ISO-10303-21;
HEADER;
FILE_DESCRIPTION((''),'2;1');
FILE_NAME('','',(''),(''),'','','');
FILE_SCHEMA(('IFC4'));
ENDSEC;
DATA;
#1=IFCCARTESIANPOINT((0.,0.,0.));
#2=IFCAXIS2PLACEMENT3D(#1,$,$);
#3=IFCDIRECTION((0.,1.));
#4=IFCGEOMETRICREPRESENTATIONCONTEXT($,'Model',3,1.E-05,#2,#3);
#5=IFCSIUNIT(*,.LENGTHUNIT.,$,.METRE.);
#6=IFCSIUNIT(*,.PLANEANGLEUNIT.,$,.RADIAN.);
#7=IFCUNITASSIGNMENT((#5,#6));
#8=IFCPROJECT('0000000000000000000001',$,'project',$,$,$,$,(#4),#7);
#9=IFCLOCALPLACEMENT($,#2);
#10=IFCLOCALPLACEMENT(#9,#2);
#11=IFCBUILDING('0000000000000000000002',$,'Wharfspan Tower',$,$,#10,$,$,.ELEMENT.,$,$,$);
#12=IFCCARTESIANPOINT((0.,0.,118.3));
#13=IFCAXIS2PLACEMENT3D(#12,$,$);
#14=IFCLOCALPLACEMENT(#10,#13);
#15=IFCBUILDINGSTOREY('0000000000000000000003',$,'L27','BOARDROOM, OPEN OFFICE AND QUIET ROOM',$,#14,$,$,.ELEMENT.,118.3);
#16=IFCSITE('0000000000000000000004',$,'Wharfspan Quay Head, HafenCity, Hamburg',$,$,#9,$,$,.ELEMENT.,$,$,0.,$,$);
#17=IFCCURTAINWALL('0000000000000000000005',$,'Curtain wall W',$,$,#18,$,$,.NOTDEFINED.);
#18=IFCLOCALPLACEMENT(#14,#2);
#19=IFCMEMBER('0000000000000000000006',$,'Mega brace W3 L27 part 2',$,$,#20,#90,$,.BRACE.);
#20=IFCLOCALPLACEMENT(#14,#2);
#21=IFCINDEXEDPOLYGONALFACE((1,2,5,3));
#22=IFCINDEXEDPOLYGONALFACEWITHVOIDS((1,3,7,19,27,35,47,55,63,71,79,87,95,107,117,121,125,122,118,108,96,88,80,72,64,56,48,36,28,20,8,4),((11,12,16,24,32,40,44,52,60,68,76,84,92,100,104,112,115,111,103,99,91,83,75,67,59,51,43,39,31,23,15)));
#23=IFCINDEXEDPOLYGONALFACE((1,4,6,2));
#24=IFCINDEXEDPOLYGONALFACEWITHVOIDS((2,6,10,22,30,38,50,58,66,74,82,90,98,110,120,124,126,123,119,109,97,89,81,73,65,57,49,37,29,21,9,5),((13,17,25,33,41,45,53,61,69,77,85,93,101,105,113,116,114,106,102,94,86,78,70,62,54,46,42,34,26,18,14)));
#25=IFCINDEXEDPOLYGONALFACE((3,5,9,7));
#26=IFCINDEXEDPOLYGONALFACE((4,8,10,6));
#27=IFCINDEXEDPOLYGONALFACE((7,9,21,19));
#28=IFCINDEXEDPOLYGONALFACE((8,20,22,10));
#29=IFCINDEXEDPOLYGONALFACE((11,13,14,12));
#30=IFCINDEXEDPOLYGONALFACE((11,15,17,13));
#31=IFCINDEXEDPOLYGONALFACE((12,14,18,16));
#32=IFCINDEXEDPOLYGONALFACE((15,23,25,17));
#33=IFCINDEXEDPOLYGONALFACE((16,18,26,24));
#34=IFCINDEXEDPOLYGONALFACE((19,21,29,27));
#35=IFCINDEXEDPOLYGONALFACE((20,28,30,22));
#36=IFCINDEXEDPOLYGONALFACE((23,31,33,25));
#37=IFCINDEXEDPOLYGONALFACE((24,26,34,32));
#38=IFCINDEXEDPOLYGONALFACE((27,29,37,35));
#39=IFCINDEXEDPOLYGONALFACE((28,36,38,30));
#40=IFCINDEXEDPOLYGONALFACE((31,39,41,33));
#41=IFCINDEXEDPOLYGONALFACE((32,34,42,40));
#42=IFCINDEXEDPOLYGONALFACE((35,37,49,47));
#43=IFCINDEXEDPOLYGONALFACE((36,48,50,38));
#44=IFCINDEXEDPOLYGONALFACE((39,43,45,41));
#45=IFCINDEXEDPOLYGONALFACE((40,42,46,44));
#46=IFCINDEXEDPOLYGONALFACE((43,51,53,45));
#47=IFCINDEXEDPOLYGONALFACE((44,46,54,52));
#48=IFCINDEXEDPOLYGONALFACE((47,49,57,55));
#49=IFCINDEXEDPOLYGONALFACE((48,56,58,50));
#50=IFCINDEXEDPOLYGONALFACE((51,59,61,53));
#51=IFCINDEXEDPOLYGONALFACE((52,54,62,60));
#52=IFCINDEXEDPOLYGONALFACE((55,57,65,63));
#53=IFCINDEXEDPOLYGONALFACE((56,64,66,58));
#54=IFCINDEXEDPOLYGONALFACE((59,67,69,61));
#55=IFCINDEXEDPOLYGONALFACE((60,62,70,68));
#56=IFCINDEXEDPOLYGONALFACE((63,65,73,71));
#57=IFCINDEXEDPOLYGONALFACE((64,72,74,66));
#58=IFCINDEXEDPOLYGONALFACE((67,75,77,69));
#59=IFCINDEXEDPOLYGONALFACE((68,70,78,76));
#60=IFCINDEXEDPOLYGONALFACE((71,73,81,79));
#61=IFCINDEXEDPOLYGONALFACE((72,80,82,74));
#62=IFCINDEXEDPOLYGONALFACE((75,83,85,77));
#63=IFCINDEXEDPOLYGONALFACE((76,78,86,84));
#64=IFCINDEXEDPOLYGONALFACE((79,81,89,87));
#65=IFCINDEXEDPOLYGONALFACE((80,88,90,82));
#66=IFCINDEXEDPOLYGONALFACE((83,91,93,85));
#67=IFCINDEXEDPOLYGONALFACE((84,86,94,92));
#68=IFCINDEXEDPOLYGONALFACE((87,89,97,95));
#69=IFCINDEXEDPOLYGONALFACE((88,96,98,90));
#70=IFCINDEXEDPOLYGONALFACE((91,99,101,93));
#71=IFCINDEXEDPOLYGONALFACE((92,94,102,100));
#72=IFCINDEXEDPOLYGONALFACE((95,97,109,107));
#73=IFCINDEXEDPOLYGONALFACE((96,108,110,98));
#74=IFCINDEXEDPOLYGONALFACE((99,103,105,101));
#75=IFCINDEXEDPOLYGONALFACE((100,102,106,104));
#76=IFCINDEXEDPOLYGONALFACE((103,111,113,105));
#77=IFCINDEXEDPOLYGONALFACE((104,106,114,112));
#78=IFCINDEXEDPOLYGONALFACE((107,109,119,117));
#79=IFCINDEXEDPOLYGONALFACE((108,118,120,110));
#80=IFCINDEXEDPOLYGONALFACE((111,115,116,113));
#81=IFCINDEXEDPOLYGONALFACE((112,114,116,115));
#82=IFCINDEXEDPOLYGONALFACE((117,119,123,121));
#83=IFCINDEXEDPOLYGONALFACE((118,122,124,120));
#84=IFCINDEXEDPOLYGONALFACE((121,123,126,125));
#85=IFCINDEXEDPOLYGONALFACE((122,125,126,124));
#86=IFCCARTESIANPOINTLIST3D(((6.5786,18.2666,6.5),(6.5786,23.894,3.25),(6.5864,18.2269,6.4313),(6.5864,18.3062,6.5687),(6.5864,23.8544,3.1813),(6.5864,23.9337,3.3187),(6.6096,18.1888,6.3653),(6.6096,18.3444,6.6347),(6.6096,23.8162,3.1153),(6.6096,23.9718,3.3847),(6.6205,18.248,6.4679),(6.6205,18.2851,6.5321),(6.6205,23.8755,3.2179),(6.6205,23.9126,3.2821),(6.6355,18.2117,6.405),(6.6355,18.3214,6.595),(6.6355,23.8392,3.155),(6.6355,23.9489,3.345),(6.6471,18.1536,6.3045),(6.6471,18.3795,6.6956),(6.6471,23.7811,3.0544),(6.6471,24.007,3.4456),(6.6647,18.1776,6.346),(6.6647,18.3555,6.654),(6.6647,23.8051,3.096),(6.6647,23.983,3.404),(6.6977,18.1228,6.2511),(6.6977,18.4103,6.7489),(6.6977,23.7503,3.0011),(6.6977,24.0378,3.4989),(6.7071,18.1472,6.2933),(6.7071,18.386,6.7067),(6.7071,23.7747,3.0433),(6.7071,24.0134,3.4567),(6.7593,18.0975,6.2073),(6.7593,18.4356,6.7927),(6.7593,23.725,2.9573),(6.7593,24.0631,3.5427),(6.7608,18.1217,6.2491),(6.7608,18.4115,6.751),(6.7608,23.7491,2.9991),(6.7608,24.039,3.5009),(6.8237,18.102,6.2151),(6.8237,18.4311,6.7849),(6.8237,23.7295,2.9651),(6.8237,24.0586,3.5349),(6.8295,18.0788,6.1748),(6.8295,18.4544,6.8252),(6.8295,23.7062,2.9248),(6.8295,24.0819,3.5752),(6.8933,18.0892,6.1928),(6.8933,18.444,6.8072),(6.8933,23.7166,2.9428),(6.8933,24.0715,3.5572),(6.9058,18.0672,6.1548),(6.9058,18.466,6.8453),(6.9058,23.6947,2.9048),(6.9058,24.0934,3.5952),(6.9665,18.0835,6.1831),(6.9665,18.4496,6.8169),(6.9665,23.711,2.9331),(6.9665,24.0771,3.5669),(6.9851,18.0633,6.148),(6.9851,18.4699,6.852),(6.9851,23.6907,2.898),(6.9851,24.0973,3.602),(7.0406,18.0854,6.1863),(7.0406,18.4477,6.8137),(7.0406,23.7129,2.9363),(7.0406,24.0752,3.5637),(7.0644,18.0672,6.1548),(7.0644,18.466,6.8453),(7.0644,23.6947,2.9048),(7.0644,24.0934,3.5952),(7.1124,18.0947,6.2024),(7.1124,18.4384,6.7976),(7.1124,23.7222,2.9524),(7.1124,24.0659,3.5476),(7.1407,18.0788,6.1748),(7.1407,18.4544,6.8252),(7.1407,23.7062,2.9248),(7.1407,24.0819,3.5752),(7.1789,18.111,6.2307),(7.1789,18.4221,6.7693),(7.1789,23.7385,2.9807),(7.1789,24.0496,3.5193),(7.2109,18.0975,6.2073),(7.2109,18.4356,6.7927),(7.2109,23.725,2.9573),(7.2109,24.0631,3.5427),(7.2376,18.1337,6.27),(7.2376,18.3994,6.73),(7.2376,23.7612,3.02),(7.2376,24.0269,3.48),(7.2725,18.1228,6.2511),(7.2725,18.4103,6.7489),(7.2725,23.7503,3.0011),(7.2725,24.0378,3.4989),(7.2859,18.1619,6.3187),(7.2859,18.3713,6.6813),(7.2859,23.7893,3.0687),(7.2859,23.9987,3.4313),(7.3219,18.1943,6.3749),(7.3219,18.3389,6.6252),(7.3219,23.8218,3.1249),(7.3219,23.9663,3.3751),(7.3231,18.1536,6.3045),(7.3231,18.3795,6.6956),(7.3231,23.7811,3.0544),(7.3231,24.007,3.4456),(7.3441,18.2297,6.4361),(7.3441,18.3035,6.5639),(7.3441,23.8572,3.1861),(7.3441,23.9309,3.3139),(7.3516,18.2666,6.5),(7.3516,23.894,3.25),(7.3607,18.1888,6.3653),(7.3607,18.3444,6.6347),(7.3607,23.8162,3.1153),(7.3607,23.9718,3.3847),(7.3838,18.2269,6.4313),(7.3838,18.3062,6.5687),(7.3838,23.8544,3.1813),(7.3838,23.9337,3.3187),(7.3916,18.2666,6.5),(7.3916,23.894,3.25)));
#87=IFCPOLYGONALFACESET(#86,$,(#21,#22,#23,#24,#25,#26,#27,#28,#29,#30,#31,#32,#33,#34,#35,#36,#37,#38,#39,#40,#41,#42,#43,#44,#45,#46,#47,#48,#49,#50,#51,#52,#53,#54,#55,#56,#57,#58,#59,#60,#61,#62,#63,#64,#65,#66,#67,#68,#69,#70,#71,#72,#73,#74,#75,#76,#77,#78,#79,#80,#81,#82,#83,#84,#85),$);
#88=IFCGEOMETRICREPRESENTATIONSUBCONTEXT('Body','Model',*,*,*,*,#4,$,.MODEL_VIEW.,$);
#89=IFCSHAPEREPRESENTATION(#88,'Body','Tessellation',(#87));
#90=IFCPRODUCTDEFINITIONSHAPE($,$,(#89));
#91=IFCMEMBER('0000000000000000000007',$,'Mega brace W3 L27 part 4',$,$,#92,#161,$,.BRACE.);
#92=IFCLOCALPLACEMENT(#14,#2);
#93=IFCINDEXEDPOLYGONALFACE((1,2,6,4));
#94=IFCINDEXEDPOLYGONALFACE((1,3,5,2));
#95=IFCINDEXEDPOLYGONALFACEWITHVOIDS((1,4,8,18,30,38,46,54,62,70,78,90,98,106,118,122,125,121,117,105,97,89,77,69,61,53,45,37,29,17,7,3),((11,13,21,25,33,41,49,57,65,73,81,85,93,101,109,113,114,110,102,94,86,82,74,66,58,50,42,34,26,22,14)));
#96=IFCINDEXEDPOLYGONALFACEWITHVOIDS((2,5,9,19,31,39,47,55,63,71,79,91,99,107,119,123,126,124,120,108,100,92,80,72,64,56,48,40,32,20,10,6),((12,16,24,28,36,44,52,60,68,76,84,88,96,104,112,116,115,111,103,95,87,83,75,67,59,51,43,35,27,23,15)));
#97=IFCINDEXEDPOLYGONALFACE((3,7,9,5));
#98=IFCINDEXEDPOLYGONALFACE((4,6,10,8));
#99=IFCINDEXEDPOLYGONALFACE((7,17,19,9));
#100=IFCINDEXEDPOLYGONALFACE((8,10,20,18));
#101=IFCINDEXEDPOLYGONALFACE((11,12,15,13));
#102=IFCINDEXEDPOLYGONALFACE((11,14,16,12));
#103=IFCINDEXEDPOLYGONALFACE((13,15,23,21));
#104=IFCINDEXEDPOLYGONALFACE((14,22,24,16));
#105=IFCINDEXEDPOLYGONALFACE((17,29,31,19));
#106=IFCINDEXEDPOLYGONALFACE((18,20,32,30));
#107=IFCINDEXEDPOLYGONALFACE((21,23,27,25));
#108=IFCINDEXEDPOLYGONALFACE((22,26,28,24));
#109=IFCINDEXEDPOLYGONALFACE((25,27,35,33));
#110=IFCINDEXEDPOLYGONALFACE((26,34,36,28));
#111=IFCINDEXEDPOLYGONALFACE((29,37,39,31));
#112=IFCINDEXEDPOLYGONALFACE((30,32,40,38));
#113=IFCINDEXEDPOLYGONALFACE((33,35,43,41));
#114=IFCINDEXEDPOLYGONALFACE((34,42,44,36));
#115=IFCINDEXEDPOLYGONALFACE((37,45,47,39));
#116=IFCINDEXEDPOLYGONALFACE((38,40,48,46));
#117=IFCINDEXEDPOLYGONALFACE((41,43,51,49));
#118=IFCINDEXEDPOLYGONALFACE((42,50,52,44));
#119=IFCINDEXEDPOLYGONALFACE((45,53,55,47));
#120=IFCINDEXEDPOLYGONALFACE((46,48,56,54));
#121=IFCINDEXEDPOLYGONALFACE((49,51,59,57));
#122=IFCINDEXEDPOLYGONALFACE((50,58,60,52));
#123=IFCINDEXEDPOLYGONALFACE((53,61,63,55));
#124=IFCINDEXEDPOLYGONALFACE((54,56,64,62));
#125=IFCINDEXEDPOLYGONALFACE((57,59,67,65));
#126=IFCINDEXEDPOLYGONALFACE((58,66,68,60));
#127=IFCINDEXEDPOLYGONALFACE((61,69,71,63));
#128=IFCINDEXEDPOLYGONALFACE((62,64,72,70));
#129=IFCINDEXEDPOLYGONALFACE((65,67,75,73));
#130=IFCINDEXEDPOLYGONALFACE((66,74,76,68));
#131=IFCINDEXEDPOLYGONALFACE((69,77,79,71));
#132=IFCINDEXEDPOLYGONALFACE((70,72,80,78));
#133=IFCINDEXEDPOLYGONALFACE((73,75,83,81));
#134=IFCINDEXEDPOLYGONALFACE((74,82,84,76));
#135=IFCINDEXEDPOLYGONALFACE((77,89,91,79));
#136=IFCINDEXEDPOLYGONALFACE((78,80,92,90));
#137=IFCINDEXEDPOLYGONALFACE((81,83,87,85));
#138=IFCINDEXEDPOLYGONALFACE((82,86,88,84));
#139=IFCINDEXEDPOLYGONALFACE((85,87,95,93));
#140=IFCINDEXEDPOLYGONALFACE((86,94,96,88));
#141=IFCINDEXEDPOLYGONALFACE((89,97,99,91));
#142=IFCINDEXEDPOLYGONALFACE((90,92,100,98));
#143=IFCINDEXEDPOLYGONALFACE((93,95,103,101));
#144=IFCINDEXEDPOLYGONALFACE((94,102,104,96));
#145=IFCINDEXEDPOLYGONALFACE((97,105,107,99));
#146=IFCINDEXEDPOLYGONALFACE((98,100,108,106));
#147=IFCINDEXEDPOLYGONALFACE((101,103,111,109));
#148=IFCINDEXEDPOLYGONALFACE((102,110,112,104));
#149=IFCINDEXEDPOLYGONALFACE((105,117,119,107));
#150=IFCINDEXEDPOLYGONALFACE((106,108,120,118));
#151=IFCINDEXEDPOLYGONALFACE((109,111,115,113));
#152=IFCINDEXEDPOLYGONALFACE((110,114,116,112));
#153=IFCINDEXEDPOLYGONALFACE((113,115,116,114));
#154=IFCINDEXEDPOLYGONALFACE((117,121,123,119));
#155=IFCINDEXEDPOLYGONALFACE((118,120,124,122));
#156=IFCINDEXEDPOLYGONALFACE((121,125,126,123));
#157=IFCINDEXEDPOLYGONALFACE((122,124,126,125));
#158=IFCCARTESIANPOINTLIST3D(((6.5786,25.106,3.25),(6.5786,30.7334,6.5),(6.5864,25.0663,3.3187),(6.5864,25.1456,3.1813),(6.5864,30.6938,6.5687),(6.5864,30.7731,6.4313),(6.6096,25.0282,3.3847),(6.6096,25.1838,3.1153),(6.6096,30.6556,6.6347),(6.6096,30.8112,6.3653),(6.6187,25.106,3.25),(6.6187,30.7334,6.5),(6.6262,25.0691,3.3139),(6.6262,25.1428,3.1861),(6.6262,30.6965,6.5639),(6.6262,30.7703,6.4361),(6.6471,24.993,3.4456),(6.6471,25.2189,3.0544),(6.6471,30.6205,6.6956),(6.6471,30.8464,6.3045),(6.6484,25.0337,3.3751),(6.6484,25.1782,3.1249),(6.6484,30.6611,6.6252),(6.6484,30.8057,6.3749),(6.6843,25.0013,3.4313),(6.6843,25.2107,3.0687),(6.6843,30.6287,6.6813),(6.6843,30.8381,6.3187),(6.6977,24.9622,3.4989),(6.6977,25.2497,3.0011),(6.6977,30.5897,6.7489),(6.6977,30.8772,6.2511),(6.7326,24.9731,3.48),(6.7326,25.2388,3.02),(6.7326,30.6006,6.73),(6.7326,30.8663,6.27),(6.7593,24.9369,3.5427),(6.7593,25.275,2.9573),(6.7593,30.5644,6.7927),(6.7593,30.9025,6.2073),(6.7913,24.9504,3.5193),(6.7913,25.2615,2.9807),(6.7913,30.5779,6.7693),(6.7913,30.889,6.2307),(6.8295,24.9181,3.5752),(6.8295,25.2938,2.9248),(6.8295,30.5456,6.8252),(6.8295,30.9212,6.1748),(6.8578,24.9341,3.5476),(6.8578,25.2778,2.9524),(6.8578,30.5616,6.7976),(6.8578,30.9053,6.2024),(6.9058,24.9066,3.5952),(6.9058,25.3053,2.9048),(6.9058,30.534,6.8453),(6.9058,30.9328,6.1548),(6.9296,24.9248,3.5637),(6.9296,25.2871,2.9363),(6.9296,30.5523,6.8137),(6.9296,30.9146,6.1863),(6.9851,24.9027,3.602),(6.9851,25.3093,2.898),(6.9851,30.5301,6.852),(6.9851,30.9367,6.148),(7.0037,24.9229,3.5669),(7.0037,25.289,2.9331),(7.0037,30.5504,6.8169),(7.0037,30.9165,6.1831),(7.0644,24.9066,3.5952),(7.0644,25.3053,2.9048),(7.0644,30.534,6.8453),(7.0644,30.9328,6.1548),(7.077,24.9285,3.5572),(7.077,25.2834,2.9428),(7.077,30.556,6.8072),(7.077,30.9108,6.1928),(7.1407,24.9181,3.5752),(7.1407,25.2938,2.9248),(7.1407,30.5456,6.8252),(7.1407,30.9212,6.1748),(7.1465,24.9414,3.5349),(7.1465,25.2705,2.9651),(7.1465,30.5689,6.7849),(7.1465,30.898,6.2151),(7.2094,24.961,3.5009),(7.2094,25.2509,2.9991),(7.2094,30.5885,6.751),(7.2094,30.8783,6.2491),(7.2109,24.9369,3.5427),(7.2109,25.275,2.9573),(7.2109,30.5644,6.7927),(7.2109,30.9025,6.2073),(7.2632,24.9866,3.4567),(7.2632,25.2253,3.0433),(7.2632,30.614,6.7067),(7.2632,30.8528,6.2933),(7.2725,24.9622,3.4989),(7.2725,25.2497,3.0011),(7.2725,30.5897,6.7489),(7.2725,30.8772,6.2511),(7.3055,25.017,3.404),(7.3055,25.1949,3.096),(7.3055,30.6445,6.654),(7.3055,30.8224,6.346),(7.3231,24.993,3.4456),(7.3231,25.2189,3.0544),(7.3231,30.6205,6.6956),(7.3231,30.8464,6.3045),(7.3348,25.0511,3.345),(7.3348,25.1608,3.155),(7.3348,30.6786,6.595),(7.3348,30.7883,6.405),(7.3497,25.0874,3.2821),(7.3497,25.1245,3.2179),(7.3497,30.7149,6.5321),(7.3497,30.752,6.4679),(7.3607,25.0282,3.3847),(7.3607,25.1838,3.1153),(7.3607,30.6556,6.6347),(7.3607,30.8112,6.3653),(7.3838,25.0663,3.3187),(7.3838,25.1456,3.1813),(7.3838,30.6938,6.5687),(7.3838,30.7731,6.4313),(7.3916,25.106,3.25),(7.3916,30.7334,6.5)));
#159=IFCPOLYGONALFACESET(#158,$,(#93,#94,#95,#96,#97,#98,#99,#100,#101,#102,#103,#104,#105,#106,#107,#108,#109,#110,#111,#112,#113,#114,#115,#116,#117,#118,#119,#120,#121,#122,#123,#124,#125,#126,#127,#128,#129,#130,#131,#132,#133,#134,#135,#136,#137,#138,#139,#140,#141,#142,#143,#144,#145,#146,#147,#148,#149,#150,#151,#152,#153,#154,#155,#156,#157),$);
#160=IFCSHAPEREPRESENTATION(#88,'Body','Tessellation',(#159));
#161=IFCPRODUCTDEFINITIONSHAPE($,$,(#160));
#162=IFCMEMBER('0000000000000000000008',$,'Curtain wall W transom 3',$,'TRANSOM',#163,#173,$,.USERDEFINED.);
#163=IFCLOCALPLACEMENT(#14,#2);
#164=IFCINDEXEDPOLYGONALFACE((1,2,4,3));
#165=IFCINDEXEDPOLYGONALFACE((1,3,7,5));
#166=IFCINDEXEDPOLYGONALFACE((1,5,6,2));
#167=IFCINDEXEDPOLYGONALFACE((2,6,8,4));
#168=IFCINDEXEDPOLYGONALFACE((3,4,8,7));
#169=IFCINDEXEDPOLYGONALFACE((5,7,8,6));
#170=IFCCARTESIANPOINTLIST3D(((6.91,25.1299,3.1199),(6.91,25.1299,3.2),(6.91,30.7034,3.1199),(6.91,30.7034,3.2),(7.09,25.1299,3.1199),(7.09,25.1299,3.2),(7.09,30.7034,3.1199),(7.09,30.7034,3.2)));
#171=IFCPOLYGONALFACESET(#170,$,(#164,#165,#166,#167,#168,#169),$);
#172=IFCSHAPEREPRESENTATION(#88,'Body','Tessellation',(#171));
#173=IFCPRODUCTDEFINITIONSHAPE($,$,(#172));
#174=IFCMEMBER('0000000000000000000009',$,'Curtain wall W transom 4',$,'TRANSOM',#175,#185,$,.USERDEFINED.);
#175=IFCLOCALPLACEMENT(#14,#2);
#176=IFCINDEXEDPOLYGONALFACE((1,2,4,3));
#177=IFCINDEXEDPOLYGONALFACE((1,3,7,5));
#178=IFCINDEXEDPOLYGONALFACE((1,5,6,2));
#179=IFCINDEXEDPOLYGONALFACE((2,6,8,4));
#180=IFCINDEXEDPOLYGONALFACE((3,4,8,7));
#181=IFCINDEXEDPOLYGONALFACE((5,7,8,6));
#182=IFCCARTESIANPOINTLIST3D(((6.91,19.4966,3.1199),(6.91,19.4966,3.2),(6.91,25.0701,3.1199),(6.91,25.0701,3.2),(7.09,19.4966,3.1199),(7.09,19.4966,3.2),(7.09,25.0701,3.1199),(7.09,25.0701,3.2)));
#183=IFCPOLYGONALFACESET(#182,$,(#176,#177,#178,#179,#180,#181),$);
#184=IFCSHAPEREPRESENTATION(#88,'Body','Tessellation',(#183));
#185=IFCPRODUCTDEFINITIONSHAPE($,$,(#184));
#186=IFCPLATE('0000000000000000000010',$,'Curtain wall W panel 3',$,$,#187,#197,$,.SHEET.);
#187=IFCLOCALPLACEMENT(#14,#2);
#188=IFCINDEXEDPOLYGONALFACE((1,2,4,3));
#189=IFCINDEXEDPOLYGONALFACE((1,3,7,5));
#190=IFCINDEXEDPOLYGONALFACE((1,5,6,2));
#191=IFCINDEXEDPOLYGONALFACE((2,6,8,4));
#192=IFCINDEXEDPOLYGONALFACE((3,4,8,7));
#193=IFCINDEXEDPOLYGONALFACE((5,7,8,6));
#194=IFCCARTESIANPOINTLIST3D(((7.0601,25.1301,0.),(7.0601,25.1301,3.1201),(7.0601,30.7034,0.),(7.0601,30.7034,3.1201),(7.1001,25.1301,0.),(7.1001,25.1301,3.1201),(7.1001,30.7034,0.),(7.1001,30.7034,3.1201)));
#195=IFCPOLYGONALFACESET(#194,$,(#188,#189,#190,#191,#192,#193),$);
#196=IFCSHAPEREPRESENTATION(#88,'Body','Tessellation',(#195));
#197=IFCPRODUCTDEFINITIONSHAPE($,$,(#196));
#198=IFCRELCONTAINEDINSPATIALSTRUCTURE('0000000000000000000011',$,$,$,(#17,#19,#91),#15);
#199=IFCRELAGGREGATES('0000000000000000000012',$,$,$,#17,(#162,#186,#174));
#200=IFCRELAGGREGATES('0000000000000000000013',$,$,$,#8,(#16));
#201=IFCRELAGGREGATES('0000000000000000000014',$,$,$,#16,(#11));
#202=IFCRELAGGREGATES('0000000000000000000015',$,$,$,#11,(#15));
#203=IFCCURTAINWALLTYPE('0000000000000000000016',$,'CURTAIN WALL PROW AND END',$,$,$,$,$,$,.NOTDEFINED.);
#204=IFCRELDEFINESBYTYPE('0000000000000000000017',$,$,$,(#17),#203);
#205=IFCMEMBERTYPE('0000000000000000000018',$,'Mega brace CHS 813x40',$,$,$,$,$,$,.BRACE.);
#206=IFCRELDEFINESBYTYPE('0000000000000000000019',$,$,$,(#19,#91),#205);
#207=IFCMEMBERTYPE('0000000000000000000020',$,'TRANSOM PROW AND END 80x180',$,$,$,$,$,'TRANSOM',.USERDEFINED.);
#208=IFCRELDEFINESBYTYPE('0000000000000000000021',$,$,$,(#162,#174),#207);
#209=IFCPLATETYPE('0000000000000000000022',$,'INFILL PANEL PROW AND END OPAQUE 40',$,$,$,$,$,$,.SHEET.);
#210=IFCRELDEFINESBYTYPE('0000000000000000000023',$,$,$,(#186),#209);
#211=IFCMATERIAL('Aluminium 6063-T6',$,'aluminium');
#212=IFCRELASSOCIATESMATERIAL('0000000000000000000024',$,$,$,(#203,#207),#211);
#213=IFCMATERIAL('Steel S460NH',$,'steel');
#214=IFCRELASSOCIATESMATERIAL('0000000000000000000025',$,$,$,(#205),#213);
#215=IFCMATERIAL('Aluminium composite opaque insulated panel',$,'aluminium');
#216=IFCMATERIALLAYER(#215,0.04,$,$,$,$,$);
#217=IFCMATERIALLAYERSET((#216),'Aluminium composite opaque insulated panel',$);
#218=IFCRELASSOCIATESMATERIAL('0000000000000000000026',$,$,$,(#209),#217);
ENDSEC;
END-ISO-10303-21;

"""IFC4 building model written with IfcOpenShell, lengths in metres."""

from ifc_helpers import new_model, si_unit, direction, frame, origin, origin_2d, place, context, subcontext, project, spatial, rectangle, hollow_circle, extrude, material, layer, layer_set, material_profile, profile_set, type_object, element, aggregate, save


model = new_model("IFC4")

# Units and contexts
model_context = context("Model", 3, precision=1e-05, world=origin(), true_north=direction((0.0, 1.0)))
body_context = subcontext(model_context, "Body", "Model", "MODEL_VIEW")
ifc_project = project(units=[si_unit("LENGTHUNIT", "METRE"), si_unit("PLANEANGLEUNIT", "RADIAN")], contexts=[model_context])

# Site, building, storey
site_placement = place(None, origin())
site = spatial("IfcSite", under=ifc_project, at=site_placement, Name="Wharfspan Quay Head, HafenCity, Hamburg", CompositionType="ELEMENT", RefElevation=0.0)
building_placement = place(site_placement, origin())
building = spatial("IfcBuilding", under=site, at=building_placement, Name="Wharfspan Tower", CompositionType="ELEMENT")
storey_placement = place(building_placement, frame((0.0, 0.0, 118.3)))
storey = spatial("IfcBuildingStorey", under=building, at=storey_placement, Name="L27", Description="BOARDROOM, OPEN OFFICE AND QUIET ROOM", CompositionType="ELEMENT", Elevation=118.3)

# Curtain wall
ifc_material_1 = material(Name="Aluminium 6063-T6", Category="aluminium")
curtain_wall_type = type_object("IfcCurtainWallType", Name="CURTAIN WALL PROW AND END", PredefinedType="NOTDEFINED", material=ifc_material_1)
curtain_wall_placement = place(storey_placement, origin())
curtain_wall = element("IfcCurtainWall", 1, at=curtain_wall_placement, inside=storey, type_object=curtain_wall_type, Name="Curtain wall W", PredefinedType="NOTDEFINED")

# Members
ifc_material_2 = material(Name="Steel S460NH", Category="steel")
ifc_material_profile_1 = material_profile(ifc_material_2, hollow_circle(Radius=0.4065, WallThickness=0.04, at=origin_2d()))
ifc_profile_set_1 = profile_set([ifc_material_profile_1], Name="Steel S460NH")
member_type_1 = type_object("IfcMemberType", Name="Mega brace CHS 813x40", PredefinedType="BRACE", material=ifc_profile_set_1)
for number, where, z_axis, x_axis, name in (
    (2, (6.9851, 23.894, 3.25), (0.0, -0.865959, 0.500115), (1.0, 0.0, 0.0), "Mega brace W3 L27 part 2"),
    (3, (6.9851, 25.106, 3.25), (0.0, 0.865959, 0.500115), (-1.0, 0.0, 0.0), "Mega brace W3 L27 part 4"),
):
    element("IfcMember", number, at=place(storey_placement, frame(where, z_axis=z_axis, x_axis=x_axis)), inside=storey, type_object=member_type_1, Name=name, PredefinedType="BRACE", context=body_context, shape_type="SweptSolid", body=[
        extrude(hollow_circle(Radius=0.4065, WallThickness=0.04, at=origin_2d()), origin(), (0.0, 0.0, 1.0), 6.4985),
    ])

# Members
ifc_material_profile_2 = material_profile(ifc_material_1, rectangle(XDim=0.1799, YDim=0.0801, at=origin_2d()))
ifc_profile_set_2 = profile_set([ifc_material_profile_2], Name="Aluminium 6063-T6")
member_type_2 = type_object("IfcMemberType", Name="TRANSOM PROW AND END 80x180", ElementType="TRANSOM", PredefinedType="USERDEFINED", material=ifc_profile_set_2)
member_1_placement = place(storey_placement, frame((7.0, 30.7034, 3.1599), z_axis=(0.0, -1.0, 0.0), x_axis=(1.0, 0.0, 0.0)))
member_1 = element("IfcMember", 4, at=member_1_placement, type_object=member_type_2, Name="Curtain wall W transom 3", ObjectType="TRANSOM", PredefinedType="USERDEFINED", context=body_context, shape_type="SweptSolid", body=[
    extrude(rectangle(XDim=0.1799, YDim=0.0801, at=origin_2d()), origin(), (0.0, 0.0, 1.0), 5.5735),
])
member_2_placement = place(storey_placement, frame((7.0, 25.0701, 3.1599), z_axis=(0.0, -1.0, 0.0), x_axis=(1.0, 0.0, 0.0)))
member_2 = element("IfcMember", 5, at=member_2_placement, type_object=member_type_2, Name="Curtain wall W transom 4", ObjectType="TRANSOM", PredefinedType="USERDEFINED", context=body_context, shape_type="SweptSolid", body=[
    extrude(rectangle(XDim=0.1799, YDim=0.0801, at=origin_2d()), origin(), (0.0, 0.0, 1.0), 5.5735),
])

# Plate
ifc_material_3 = material(Name="Aluminium composite opaque insulated panel", Category="aluminium")
ifc_layer_1 = layer(ifc_material_3, 0.04)
ifc_layer_set_1 = layer_set([ifc_layer_1], Name="Aluminium composite opaque insulated panel")
plate_type = type_object("IfcPlateType", Name="INFILL PANEL PROW AND END OPAQUE 40", PredefinedType="SHEET", material=ifc_layer_set_1)
plate_1_placement = place(storey_placement, frame((7.0801, 27.9167, 0.0), z_axis=(0.0, 0.0, 1.0), x_axis=(0.0, -1.0, 0.0)))
plate_1 = element("IfcPlate", 6, at=plate_1_placement, type_object=plate_type, Name="Curtain wall W panel 3", PredefinedType="SHEET", context=body_context, shape_type="SweptSolid", body=[
    extrude(rectangle(XDim=5.5732, YDim=0.04, at=origin_2d()), origin(), (0.0, 0.0, 1.0), 3.1201),
])
aggregate(curtain_wall, [member_1, plate_1, member_2])

save(model, "model.ifc")
